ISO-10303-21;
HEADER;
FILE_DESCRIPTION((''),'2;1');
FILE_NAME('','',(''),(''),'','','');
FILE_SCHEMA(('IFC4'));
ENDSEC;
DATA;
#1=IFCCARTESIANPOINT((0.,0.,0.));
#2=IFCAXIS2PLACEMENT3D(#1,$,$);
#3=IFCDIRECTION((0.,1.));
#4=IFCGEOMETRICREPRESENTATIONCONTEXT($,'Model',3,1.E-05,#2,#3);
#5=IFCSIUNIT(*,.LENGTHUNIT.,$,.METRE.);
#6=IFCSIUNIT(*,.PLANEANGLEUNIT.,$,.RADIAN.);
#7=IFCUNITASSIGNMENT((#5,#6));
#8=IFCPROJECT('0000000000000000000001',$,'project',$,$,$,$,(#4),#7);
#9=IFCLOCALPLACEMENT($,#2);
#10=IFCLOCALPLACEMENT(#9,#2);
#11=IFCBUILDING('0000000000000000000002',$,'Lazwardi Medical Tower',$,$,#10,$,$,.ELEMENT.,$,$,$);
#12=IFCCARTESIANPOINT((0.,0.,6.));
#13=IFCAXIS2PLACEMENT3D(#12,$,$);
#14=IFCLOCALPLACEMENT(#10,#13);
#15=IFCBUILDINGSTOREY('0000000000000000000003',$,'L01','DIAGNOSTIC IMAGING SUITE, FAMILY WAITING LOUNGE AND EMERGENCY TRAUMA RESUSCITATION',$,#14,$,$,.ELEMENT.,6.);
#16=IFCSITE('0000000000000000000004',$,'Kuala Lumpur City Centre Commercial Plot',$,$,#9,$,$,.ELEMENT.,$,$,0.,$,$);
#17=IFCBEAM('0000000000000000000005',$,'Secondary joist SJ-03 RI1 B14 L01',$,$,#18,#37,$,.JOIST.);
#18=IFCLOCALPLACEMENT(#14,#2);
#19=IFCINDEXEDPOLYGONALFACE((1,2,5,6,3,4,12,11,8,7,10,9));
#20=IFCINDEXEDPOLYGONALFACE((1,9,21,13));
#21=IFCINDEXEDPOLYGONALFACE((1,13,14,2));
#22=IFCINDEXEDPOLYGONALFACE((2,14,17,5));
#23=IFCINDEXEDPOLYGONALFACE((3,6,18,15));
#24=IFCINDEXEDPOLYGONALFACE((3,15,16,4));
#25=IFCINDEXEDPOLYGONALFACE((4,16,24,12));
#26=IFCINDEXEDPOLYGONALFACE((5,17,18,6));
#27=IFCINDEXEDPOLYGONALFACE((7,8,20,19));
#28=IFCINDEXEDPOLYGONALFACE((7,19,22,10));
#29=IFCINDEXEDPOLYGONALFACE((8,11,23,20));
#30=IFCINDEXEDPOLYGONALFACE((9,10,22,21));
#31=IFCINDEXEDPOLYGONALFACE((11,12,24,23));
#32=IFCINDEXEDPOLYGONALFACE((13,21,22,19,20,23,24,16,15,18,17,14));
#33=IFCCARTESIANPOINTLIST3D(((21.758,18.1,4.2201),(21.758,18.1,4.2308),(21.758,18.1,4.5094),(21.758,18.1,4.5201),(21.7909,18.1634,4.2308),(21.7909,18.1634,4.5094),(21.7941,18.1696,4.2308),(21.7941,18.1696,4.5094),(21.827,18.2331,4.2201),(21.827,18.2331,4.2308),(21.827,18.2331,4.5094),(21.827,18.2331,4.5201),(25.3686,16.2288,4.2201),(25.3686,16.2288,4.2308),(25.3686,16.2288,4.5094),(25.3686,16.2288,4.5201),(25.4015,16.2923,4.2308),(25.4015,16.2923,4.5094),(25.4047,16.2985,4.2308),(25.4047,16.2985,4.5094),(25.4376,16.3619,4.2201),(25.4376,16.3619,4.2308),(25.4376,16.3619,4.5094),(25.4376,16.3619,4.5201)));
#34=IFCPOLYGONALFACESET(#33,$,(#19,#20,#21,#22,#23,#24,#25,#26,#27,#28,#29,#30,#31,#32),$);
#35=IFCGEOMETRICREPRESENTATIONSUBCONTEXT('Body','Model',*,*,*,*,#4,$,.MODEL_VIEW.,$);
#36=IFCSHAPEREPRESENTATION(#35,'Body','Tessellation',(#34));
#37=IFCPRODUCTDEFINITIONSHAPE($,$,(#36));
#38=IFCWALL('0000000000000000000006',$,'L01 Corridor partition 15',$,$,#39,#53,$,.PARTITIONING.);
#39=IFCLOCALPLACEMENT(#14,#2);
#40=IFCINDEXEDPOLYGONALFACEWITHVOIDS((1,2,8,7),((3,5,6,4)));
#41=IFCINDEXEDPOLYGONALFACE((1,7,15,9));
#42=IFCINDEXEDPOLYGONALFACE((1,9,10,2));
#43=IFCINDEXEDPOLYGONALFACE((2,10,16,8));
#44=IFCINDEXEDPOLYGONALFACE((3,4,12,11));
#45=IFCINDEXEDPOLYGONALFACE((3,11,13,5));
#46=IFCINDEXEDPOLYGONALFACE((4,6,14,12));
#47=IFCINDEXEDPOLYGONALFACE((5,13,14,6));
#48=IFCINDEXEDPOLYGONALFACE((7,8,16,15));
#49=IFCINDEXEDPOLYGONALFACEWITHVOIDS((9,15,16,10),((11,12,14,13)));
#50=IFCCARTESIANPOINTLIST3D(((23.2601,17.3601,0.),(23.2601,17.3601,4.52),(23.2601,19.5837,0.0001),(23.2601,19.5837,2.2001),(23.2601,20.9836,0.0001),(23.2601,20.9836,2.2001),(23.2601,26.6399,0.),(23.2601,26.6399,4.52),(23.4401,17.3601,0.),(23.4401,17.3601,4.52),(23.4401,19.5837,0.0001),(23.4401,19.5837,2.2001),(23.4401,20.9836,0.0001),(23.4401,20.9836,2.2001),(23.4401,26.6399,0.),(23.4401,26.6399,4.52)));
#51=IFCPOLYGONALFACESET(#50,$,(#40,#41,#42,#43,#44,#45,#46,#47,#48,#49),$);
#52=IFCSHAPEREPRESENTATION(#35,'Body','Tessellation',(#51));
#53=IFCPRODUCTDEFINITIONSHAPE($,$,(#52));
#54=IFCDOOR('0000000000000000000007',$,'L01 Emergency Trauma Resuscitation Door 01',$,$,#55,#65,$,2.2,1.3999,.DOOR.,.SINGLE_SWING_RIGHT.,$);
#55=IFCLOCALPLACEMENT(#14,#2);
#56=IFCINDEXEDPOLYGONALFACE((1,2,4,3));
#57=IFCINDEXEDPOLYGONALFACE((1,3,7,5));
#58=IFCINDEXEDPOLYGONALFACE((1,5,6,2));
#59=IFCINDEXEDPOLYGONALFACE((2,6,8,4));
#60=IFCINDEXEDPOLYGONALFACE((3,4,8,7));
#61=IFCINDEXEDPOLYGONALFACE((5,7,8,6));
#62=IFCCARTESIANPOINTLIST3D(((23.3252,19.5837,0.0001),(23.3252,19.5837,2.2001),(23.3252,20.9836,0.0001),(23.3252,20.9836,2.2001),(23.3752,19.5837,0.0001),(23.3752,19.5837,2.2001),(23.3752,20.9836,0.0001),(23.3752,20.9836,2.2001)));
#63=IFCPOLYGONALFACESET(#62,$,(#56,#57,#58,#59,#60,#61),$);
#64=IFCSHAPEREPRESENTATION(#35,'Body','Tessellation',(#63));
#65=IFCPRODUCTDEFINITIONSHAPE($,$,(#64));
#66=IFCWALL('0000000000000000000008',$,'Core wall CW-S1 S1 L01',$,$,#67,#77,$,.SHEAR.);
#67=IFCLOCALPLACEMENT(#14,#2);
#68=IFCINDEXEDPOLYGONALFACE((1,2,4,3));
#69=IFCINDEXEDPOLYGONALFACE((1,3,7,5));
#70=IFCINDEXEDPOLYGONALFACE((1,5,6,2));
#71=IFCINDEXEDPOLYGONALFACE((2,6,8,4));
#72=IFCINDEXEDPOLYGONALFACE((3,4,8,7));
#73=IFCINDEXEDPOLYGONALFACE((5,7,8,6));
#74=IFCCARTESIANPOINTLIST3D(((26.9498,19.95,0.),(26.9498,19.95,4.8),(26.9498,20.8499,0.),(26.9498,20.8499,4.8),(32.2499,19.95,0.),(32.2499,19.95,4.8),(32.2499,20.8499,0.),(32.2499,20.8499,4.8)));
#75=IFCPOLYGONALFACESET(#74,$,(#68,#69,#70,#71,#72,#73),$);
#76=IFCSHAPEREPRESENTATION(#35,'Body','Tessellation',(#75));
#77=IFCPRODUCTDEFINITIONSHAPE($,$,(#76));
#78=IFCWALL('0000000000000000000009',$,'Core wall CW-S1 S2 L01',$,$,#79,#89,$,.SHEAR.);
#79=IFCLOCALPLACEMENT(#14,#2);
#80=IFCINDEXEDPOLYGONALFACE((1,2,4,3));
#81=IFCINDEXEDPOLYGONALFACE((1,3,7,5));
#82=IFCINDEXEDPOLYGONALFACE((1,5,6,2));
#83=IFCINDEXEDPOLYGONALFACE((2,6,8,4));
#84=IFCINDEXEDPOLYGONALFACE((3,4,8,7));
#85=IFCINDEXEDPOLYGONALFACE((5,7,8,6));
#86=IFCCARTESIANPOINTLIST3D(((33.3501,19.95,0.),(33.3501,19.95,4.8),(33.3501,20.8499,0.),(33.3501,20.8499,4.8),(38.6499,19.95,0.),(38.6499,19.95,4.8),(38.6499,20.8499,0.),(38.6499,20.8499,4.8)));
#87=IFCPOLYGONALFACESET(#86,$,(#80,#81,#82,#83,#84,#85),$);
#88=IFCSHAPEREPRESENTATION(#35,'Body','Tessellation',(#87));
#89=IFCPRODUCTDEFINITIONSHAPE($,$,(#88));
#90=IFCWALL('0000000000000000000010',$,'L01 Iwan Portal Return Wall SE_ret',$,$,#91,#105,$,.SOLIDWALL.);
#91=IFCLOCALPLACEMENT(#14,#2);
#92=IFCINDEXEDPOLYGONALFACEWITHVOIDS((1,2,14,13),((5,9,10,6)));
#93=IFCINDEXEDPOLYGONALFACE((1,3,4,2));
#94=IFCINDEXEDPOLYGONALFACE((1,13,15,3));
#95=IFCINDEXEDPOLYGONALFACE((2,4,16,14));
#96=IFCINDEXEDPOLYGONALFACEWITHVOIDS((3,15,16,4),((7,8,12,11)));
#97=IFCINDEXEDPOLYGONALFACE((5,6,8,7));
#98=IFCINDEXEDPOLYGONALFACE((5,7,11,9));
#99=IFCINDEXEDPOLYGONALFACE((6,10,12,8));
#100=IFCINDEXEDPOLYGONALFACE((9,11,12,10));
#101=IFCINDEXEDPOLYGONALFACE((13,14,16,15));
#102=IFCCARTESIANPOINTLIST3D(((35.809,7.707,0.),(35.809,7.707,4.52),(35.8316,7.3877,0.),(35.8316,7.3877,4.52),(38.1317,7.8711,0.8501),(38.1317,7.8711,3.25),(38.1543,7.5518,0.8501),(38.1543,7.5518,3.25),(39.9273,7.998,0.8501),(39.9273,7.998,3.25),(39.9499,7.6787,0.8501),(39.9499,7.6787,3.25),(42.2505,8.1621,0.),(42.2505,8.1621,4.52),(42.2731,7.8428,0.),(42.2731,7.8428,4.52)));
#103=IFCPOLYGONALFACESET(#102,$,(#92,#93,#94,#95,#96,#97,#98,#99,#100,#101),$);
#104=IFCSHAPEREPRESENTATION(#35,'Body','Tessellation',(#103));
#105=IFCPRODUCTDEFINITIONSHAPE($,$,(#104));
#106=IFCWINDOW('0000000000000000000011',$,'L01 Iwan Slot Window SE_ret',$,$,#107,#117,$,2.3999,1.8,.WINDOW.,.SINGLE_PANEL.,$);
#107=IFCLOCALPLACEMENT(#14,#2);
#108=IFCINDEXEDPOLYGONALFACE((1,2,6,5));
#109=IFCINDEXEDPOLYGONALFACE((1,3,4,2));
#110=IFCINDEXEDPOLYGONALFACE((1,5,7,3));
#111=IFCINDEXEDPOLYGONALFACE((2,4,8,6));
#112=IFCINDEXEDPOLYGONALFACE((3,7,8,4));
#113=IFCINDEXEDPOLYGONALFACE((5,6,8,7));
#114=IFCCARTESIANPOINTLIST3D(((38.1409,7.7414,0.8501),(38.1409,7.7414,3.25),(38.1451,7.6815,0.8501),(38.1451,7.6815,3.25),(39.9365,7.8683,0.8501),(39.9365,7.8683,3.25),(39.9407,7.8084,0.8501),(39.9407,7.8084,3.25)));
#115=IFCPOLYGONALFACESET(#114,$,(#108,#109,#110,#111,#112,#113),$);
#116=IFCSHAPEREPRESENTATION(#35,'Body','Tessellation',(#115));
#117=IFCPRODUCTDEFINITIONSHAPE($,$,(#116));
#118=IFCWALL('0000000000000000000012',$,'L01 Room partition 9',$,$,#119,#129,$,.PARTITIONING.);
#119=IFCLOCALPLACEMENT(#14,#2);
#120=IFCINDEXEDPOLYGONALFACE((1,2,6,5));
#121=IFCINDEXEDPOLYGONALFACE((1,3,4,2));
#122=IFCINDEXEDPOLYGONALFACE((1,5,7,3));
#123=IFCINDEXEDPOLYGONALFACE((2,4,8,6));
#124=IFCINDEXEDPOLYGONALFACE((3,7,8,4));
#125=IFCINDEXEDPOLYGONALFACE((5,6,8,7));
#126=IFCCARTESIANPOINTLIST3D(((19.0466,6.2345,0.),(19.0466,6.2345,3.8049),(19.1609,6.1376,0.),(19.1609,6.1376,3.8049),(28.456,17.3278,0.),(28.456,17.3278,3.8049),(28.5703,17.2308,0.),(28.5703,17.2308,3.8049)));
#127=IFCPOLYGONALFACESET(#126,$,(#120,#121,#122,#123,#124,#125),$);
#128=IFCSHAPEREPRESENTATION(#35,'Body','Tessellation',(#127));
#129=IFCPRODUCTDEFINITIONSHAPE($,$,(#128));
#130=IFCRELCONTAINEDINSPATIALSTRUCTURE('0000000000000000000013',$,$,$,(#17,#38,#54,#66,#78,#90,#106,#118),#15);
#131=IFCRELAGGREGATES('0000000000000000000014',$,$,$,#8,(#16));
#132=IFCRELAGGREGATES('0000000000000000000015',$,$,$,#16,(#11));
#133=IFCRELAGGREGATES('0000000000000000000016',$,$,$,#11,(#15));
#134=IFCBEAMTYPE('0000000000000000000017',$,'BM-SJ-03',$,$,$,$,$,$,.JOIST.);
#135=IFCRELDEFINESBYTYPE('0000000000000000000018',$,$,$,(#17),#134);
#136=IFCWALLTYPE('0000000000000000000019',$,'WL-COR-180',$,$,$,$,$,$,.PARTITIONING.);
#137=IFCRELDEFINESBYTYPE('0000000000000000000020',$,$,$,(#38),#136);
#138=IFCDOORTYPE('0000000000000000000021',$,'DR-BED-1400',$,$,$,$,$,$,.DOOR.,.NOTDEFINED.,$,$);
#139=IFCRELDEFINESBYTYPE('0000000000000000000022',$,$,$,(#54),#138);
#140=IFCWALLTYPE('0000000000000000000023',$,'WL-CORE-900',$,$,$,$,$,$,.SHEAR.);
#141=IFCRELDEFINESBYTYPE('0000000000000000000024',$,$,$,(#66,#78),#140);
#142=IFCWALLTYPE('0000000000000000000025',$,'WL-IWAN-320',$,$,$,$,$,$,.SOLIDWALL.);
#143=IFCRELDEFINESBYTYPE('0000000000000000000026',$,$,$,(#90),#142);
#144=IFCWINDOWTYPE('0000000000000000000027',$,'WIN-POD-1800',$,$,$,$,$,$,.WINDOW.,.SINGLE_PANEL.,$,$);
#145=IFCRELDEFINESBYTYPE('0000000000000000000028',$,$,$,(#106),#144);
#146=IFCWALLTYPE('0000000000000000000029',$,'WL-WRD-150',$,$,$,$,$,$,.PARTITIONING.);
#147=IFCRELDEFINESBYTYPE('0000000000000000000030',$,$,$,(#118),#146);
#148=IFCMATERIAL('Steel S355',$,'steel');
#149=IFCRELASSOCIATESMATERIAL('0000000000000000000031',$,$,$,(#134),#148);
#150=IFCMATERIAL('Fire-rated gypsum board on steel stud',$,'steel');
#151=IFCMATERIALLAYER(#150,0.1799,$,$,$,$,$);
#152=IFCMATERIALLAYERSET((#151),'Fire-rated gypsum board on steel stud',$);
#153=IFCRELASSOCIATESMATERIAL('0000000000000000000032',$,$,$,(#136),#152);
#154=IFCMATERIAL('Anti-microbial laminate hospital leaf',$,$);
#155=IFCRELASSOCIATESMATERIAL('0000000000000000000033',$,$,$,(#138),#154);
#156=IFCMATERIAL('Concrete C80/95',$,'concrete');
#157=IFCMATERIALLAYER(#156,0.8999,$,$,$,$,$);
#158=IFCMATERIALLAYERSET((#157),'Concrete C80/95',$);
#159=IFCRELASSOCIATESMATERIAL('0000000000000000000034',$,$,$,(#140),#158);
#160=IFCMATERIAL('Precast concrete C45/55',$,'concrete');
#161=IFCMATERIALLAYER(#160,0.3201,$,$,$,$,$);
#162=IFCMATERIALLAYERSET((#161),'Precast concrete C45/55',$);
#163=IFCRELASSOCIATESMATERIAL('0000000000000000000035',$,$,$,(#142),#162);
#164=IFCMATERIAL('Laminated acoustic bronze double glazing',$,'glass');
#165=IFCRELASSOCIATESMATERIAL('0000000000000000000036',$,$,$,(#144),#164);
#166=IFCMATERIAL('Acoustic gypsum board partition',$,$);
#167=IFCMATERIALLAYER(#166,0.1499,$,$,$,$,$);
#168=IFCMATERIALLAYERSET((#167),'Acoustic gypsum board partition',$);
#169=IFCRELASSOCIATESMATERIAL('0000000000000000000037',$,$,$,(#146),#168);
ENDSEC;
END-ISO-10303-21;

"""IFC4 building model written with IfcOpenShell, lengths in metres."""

from ifc_helpers import new_model, si_unit, direction, frame, frame_2d, origin, origin_2d, place, context, subcontext, project, spatial, rectangle, i_section, extrude, material, layer, layer_set, material_profile, profile_set, type_object, element, fill, save


model = new_model("IFC4")

# Units and contexts
model_context = context("Model", 3, precision=1e-05, world=origin(), true_north=direction((0.0, 1.0)))
body_context = subcontext(model_context, "Body", "Model", "MODEL_VIEW")
ifc_project = project(units=[si_unit("LENGTHUNIT", "METRE"), si_unit("PLANEANGLEUNIT", "RADIAN")], contexts=[model_context])

# Site, building, storey
site_placement = place(None, origin())
site = spatial("IfcSite", under=ifc_project, at=site_placement, Name="Kuala Lumpur City Centre Commercial Plot", CompositionType="ELEMENT", RefElevation=0.0)
building_placement = place(site_placement, origin())
building = spatial("IfcBuilding", under=site, at=building_placement, Name="Lazwardi Medical Tower", CompositionType="ELEMENT")
storey_placement = place(building_placement, frame((0.0, 0.0, 6.0)))
storey = spatial("IfcBuildingStorey", under=building, at=storey_placement, Name="L01", Description="DIAGNOSTIC IMAGING SUITE, FAMILY WAITING LOUNGE AND EMERGENCY TRAUMA RESUSCITATION", CompositionType="ELEMENT", Elevation=6.0)

# Shared definitions
ifc_material_1 = material(Name="Concrete C80/95", Category="concrete")

# Beam
ifc_material_2 = material(Name="Steel S355", Category="steel")
ifc_material_profile_1 = material_profile(ifc_material_2, i_section(OverallWidth=0.1499, OverallDepth=0.3, WebThickness=0.0071, FlangeThickness=0.0107, at=origin_2d()), Name="IPE 300")
ifc_profile_set_1 = profile_set([ifc_material_profile_1], Name="Steel S355")
beam_type_1 = type_object("IfcBeamType", Name="BM-SJ-03", PredefinedType="JOIST", material=ifc_profile_set_1)
beam_1_placement = place(storey_placement, frame((21.7925, 18.1665, 4.3701), z_axis=(0.887862, -0.46011, 0.0), x_axis=(0.46011, 0.887862, 0.0)))
element("IfcBeam", 1, at=beam_1_placement, inside=storey, type_object=beam_type_1, Name="Secondary joist SJ-03 RI1 B14 L01", PredefinedType="JOIST", context=body_context, shape_type="SweptSolid", body=[
    extrude(i_section(OverallWidth=0.1499, OverallDepth=0.3, WebThickness=0.0071, FlangeThickness=0.0107, at=origin_2d()), origin(), (0.0, 0.0, 1.0), 4.0667),
])

# Wall, opening, door
ifc_material_3 = material(Name="Fire-rated gypsum board on steel stud", Category="steel")
ifc_layer_1 = layer(ifc_material_3, 0.1799)
ifc_layer_set_1 = layer_set([ifc_layer_1], Name="Fire-rated gypsum board on steel stud")
wall_type_1 = type_object("IfcWallType", Name="WL-COR-180", PredefinedType="PARTITIONING", material=ifc_layer_set_1)
wall_1_placement = place(storey_placement, frame((23.3501, 17.3601, 0.0), z_axis=(0.0, 0.0, 1.0), x_axis=(0.0, 1.0, 0.0)))
wall_1 = element("IfcWall", 2, at=wall_1_placement, inside=storey, type_object=wall_type_1, Name="L01 Corridor partition 15", PredefinedType="PARTITIONING", context=body_context, shape_type="SweptSolid", body=[
    extrude(rectangle(XDim=9.2798, YDim=0.1799, at=frame_2d((4.6399, 0.0))), origin(), (0.0, 0.0, 1.0), 4.52),
])
opening_1_placement = place(wall_1_placement, frame((2.2236, 0.0, 0.0)))
opening_1 = element("IfcOpeningElement", 3, at=opening_1_placement, cuts=wall_1, PredefinedType="OPENING", context=body_context, shape_type="SweptSolid", body=[
    extrude(rectangle(XDim=1.3999, YDim=2.2, at=frame_2d((0.7, 1.1001))), frame((0.0, 0.0999, 0.0), z_axis=(0.0, -1.0, 0.0), x_axis=(1.0, 0.0, 0.0)), (0.0, 0.0, 1.0), 0.2),
])
ifc_material_4 = material(Name="Anti-microbial laminate hospital leaf")
door_type = type_object("IfcDoorType", Name="DR-BED-1400", OperationType="NOTDEFINED", PredefinedType="DOOR", material=ifc_material_4)
door_placement = place(opening_1_placement, origin())
door = element("IfcDoor", 4, at=door_placement, inside=storey, type_object=door_type, Name="L01 Emergency Trauma Resuscitation Door 01", OperationType="SINGLE_SWING_RIGHT", OverallHeight=2.2, OverallWidth=1.3999, PredefinedType="DOOR", context=body_context, shape_type="SweptSolid", body=[
    extrude(rectangle(XDim=1.3999, YDim=2.2, at=frame_2d((0.7, 1.1001))), frame((0.0, 0.0249, 0.0), z_axis=(0.0, -1.0, 0.0), x_axis=(1.0, 0.0, 0.0)), (0.0, 0.0, 1.0), 0.05),
])
fill(opening_1, door)

# Walls
ifc_layer_2 = layer(ifc_material_1, 0.8999)
ifc_layer_set_2 = layer_set([ifc_layer_2], Name="Concrete C80/95")
wall_type_2 = type_object("IfcWallType", Name="WL-CORE-900", PredefinedType="SHEAR", material=ifc_layer_set_2)
wall_2_placement = place(storey_placement, frame((26.95, 20.3999, 0.0), z_axis=(0.0, 0.0, 1.0), x_axis=(1.0, 0.0, 0.0)))
element("IfcWall", 5, at=wall_2_placement, inside=storey, type_object=wall_type_2, Name="Core wall CW-S1 S1 L01", PredefinedType="SHEAR", context=body_context, shape_type="SweptSolid", body=[
    extrude(rectangle(XDim=5.3, YDim=0.8999, at=frame_2d((2.6499, 0.0))), origin(), (0.0, 0.0, 1.0), 4.8),
])
wall_3_placement = place(storey_placement, frame((33.3501, 20.3999, 0.0), z_axis=(0.0, 0.0, 1.0), x_axis=(1.0, 0.0, 0.0)))
element("IfcWall", 6, at=wall_3_placement, inside=storey, type_object=wall_type_2, Name="Core wall CW-S1 S2 L01", PredefinedType="SHEAR", context=body_context, shape_type="SweptSolid", body=[
    extrude(rectangle(XDim=5.2998, YDim=0.8999, at=frame_2d((2.6499, 0.0))), origin(), (0.0, 0.0, 1.0), 4.8),
])

# Wall, opening, window
ifc_material_5 = material(Name="Precast concrete C45/55", Category="concrete")
ifc_layer_3 = layer(ifc_material_5, 0.3201)
ifc_layer_set_3 = layer_set([ifc_layer_3], Name="Precast concrete C45/55")
wall_type_3 = type_object("IfcWallType", Name="WL-IWAN-320", PredefinedType="SOLIDWALL", material=ifc_layer_set_3)
wall_4_placement = place(storey_placement, frame((35.8203, 7.5474, 0.0), z_axis=(0.0, 0.0, 1.0), x_axis=(0.997514, 0.070473, 0.0)))
wall_4 = element("IfcWall", 7, at=wall_4_placement, inside=storey, type_object=wall_type_3, Name="L01 Iwan Portal Return Wall SE_ret", PredefinedType="SOLIDWALL", context=body_context, shape_type="SweptSolid", body=[
    extrude(rectangle(XDim=6.4575, YDim=0.3201, at=frame_2d((3.2288, 0.0))), origin(), (0.0, 0.0, 1.0), 4.52),
])
opening_2_placement = place(wall_4_placement, frame((2.3286, 0.0, 0.8501)))
opening_2 = element("IfcOpeningElement", 8, at=opening_2_placement, cuts=wall_4, PredefinedType="OPENING", context=body_context, shape_type="SweptSolid", body=[
    extrude(rectangle(XDim=1.8, YDim=2.3999, at=frame_2d((0.8999, 1.2))), frame((0.0, 0.1699, 0.0), z_axis=(0.0, -1.0, 0.0), x_axis=(1.0, 0.0, 0.0)), (0.0, 0.0, 1.0), 0.3401),
])
ifc_material_6 = material(Name="Laminated acoustic bronze double glazing", Category="glass")
window_type = type_object("IfcWindowType", Name="WIN-POD-1800", PartitioningType="SINGLE_PANEL", PredefinedType="WINDOW", material=ifc_material_6)
window_placement = place(opening_2_placement, origin())
window = element("IfcWindow", 9, at=window_placement, inside=storey, type_object=window_type, Name="L01 Iwan Slot Window SE_ret", OverallHeight=2.3999, OverallWidth=1.8, PartitioningType="SINGLE_PANEL", PredefinedType="WINDOW", context=body_context, shape_type="SweptSolid", body=[
    extrude(rectangle(XDim=1.8, YDim=2.3999, at=frame_2d((0.8999, 1.2))), frame((0.0, 0.03, 0.0), z_axis=(0.0, -1.0, 0.0), x_axis=(1.0, 0.0, 0.0)), (0.0, 0.0, 1.0), 0.0601),
])
fill(opening_2, window)

# Wall
ifc_material_7 = material(Name="Acoustic gypsum board partition")
ifc_layer_4 = layer(ifc_material_7, 0.1499)
ifc_layer_set_4 = layer_set([ifc_layer_4], Name="Acoustic gypsum board partition")
wall_type_4 = type_object("IfcWallType", Name="WL-WRD-150", PredefinedType="PARTITIONING", material=ifc_layer_set_4)
wall_5_placement = place(storey_placement, frame((28.5132, 17.2793, 0.0), z_axis=(0.0, 0.0, 1.0), x_axis=(-0.646856, -0.762612, 0.0)))
element("IfcWall", 10, at=wall_5_placement, inside=storey, type_object=wall_type_4, Name="L01 Room partition 9", PredefinedType="PARTITIONING", context=body_context, shape_type="SweptSolid", body=[
    extrude(rectangle(XDim=14.5464, YDim=0.1499, at=frame_2d((7.2732, 0.0))), origin(), (0.0, 0.0, 1.0), 3.8049),
])

save(model, "model.ifc")
